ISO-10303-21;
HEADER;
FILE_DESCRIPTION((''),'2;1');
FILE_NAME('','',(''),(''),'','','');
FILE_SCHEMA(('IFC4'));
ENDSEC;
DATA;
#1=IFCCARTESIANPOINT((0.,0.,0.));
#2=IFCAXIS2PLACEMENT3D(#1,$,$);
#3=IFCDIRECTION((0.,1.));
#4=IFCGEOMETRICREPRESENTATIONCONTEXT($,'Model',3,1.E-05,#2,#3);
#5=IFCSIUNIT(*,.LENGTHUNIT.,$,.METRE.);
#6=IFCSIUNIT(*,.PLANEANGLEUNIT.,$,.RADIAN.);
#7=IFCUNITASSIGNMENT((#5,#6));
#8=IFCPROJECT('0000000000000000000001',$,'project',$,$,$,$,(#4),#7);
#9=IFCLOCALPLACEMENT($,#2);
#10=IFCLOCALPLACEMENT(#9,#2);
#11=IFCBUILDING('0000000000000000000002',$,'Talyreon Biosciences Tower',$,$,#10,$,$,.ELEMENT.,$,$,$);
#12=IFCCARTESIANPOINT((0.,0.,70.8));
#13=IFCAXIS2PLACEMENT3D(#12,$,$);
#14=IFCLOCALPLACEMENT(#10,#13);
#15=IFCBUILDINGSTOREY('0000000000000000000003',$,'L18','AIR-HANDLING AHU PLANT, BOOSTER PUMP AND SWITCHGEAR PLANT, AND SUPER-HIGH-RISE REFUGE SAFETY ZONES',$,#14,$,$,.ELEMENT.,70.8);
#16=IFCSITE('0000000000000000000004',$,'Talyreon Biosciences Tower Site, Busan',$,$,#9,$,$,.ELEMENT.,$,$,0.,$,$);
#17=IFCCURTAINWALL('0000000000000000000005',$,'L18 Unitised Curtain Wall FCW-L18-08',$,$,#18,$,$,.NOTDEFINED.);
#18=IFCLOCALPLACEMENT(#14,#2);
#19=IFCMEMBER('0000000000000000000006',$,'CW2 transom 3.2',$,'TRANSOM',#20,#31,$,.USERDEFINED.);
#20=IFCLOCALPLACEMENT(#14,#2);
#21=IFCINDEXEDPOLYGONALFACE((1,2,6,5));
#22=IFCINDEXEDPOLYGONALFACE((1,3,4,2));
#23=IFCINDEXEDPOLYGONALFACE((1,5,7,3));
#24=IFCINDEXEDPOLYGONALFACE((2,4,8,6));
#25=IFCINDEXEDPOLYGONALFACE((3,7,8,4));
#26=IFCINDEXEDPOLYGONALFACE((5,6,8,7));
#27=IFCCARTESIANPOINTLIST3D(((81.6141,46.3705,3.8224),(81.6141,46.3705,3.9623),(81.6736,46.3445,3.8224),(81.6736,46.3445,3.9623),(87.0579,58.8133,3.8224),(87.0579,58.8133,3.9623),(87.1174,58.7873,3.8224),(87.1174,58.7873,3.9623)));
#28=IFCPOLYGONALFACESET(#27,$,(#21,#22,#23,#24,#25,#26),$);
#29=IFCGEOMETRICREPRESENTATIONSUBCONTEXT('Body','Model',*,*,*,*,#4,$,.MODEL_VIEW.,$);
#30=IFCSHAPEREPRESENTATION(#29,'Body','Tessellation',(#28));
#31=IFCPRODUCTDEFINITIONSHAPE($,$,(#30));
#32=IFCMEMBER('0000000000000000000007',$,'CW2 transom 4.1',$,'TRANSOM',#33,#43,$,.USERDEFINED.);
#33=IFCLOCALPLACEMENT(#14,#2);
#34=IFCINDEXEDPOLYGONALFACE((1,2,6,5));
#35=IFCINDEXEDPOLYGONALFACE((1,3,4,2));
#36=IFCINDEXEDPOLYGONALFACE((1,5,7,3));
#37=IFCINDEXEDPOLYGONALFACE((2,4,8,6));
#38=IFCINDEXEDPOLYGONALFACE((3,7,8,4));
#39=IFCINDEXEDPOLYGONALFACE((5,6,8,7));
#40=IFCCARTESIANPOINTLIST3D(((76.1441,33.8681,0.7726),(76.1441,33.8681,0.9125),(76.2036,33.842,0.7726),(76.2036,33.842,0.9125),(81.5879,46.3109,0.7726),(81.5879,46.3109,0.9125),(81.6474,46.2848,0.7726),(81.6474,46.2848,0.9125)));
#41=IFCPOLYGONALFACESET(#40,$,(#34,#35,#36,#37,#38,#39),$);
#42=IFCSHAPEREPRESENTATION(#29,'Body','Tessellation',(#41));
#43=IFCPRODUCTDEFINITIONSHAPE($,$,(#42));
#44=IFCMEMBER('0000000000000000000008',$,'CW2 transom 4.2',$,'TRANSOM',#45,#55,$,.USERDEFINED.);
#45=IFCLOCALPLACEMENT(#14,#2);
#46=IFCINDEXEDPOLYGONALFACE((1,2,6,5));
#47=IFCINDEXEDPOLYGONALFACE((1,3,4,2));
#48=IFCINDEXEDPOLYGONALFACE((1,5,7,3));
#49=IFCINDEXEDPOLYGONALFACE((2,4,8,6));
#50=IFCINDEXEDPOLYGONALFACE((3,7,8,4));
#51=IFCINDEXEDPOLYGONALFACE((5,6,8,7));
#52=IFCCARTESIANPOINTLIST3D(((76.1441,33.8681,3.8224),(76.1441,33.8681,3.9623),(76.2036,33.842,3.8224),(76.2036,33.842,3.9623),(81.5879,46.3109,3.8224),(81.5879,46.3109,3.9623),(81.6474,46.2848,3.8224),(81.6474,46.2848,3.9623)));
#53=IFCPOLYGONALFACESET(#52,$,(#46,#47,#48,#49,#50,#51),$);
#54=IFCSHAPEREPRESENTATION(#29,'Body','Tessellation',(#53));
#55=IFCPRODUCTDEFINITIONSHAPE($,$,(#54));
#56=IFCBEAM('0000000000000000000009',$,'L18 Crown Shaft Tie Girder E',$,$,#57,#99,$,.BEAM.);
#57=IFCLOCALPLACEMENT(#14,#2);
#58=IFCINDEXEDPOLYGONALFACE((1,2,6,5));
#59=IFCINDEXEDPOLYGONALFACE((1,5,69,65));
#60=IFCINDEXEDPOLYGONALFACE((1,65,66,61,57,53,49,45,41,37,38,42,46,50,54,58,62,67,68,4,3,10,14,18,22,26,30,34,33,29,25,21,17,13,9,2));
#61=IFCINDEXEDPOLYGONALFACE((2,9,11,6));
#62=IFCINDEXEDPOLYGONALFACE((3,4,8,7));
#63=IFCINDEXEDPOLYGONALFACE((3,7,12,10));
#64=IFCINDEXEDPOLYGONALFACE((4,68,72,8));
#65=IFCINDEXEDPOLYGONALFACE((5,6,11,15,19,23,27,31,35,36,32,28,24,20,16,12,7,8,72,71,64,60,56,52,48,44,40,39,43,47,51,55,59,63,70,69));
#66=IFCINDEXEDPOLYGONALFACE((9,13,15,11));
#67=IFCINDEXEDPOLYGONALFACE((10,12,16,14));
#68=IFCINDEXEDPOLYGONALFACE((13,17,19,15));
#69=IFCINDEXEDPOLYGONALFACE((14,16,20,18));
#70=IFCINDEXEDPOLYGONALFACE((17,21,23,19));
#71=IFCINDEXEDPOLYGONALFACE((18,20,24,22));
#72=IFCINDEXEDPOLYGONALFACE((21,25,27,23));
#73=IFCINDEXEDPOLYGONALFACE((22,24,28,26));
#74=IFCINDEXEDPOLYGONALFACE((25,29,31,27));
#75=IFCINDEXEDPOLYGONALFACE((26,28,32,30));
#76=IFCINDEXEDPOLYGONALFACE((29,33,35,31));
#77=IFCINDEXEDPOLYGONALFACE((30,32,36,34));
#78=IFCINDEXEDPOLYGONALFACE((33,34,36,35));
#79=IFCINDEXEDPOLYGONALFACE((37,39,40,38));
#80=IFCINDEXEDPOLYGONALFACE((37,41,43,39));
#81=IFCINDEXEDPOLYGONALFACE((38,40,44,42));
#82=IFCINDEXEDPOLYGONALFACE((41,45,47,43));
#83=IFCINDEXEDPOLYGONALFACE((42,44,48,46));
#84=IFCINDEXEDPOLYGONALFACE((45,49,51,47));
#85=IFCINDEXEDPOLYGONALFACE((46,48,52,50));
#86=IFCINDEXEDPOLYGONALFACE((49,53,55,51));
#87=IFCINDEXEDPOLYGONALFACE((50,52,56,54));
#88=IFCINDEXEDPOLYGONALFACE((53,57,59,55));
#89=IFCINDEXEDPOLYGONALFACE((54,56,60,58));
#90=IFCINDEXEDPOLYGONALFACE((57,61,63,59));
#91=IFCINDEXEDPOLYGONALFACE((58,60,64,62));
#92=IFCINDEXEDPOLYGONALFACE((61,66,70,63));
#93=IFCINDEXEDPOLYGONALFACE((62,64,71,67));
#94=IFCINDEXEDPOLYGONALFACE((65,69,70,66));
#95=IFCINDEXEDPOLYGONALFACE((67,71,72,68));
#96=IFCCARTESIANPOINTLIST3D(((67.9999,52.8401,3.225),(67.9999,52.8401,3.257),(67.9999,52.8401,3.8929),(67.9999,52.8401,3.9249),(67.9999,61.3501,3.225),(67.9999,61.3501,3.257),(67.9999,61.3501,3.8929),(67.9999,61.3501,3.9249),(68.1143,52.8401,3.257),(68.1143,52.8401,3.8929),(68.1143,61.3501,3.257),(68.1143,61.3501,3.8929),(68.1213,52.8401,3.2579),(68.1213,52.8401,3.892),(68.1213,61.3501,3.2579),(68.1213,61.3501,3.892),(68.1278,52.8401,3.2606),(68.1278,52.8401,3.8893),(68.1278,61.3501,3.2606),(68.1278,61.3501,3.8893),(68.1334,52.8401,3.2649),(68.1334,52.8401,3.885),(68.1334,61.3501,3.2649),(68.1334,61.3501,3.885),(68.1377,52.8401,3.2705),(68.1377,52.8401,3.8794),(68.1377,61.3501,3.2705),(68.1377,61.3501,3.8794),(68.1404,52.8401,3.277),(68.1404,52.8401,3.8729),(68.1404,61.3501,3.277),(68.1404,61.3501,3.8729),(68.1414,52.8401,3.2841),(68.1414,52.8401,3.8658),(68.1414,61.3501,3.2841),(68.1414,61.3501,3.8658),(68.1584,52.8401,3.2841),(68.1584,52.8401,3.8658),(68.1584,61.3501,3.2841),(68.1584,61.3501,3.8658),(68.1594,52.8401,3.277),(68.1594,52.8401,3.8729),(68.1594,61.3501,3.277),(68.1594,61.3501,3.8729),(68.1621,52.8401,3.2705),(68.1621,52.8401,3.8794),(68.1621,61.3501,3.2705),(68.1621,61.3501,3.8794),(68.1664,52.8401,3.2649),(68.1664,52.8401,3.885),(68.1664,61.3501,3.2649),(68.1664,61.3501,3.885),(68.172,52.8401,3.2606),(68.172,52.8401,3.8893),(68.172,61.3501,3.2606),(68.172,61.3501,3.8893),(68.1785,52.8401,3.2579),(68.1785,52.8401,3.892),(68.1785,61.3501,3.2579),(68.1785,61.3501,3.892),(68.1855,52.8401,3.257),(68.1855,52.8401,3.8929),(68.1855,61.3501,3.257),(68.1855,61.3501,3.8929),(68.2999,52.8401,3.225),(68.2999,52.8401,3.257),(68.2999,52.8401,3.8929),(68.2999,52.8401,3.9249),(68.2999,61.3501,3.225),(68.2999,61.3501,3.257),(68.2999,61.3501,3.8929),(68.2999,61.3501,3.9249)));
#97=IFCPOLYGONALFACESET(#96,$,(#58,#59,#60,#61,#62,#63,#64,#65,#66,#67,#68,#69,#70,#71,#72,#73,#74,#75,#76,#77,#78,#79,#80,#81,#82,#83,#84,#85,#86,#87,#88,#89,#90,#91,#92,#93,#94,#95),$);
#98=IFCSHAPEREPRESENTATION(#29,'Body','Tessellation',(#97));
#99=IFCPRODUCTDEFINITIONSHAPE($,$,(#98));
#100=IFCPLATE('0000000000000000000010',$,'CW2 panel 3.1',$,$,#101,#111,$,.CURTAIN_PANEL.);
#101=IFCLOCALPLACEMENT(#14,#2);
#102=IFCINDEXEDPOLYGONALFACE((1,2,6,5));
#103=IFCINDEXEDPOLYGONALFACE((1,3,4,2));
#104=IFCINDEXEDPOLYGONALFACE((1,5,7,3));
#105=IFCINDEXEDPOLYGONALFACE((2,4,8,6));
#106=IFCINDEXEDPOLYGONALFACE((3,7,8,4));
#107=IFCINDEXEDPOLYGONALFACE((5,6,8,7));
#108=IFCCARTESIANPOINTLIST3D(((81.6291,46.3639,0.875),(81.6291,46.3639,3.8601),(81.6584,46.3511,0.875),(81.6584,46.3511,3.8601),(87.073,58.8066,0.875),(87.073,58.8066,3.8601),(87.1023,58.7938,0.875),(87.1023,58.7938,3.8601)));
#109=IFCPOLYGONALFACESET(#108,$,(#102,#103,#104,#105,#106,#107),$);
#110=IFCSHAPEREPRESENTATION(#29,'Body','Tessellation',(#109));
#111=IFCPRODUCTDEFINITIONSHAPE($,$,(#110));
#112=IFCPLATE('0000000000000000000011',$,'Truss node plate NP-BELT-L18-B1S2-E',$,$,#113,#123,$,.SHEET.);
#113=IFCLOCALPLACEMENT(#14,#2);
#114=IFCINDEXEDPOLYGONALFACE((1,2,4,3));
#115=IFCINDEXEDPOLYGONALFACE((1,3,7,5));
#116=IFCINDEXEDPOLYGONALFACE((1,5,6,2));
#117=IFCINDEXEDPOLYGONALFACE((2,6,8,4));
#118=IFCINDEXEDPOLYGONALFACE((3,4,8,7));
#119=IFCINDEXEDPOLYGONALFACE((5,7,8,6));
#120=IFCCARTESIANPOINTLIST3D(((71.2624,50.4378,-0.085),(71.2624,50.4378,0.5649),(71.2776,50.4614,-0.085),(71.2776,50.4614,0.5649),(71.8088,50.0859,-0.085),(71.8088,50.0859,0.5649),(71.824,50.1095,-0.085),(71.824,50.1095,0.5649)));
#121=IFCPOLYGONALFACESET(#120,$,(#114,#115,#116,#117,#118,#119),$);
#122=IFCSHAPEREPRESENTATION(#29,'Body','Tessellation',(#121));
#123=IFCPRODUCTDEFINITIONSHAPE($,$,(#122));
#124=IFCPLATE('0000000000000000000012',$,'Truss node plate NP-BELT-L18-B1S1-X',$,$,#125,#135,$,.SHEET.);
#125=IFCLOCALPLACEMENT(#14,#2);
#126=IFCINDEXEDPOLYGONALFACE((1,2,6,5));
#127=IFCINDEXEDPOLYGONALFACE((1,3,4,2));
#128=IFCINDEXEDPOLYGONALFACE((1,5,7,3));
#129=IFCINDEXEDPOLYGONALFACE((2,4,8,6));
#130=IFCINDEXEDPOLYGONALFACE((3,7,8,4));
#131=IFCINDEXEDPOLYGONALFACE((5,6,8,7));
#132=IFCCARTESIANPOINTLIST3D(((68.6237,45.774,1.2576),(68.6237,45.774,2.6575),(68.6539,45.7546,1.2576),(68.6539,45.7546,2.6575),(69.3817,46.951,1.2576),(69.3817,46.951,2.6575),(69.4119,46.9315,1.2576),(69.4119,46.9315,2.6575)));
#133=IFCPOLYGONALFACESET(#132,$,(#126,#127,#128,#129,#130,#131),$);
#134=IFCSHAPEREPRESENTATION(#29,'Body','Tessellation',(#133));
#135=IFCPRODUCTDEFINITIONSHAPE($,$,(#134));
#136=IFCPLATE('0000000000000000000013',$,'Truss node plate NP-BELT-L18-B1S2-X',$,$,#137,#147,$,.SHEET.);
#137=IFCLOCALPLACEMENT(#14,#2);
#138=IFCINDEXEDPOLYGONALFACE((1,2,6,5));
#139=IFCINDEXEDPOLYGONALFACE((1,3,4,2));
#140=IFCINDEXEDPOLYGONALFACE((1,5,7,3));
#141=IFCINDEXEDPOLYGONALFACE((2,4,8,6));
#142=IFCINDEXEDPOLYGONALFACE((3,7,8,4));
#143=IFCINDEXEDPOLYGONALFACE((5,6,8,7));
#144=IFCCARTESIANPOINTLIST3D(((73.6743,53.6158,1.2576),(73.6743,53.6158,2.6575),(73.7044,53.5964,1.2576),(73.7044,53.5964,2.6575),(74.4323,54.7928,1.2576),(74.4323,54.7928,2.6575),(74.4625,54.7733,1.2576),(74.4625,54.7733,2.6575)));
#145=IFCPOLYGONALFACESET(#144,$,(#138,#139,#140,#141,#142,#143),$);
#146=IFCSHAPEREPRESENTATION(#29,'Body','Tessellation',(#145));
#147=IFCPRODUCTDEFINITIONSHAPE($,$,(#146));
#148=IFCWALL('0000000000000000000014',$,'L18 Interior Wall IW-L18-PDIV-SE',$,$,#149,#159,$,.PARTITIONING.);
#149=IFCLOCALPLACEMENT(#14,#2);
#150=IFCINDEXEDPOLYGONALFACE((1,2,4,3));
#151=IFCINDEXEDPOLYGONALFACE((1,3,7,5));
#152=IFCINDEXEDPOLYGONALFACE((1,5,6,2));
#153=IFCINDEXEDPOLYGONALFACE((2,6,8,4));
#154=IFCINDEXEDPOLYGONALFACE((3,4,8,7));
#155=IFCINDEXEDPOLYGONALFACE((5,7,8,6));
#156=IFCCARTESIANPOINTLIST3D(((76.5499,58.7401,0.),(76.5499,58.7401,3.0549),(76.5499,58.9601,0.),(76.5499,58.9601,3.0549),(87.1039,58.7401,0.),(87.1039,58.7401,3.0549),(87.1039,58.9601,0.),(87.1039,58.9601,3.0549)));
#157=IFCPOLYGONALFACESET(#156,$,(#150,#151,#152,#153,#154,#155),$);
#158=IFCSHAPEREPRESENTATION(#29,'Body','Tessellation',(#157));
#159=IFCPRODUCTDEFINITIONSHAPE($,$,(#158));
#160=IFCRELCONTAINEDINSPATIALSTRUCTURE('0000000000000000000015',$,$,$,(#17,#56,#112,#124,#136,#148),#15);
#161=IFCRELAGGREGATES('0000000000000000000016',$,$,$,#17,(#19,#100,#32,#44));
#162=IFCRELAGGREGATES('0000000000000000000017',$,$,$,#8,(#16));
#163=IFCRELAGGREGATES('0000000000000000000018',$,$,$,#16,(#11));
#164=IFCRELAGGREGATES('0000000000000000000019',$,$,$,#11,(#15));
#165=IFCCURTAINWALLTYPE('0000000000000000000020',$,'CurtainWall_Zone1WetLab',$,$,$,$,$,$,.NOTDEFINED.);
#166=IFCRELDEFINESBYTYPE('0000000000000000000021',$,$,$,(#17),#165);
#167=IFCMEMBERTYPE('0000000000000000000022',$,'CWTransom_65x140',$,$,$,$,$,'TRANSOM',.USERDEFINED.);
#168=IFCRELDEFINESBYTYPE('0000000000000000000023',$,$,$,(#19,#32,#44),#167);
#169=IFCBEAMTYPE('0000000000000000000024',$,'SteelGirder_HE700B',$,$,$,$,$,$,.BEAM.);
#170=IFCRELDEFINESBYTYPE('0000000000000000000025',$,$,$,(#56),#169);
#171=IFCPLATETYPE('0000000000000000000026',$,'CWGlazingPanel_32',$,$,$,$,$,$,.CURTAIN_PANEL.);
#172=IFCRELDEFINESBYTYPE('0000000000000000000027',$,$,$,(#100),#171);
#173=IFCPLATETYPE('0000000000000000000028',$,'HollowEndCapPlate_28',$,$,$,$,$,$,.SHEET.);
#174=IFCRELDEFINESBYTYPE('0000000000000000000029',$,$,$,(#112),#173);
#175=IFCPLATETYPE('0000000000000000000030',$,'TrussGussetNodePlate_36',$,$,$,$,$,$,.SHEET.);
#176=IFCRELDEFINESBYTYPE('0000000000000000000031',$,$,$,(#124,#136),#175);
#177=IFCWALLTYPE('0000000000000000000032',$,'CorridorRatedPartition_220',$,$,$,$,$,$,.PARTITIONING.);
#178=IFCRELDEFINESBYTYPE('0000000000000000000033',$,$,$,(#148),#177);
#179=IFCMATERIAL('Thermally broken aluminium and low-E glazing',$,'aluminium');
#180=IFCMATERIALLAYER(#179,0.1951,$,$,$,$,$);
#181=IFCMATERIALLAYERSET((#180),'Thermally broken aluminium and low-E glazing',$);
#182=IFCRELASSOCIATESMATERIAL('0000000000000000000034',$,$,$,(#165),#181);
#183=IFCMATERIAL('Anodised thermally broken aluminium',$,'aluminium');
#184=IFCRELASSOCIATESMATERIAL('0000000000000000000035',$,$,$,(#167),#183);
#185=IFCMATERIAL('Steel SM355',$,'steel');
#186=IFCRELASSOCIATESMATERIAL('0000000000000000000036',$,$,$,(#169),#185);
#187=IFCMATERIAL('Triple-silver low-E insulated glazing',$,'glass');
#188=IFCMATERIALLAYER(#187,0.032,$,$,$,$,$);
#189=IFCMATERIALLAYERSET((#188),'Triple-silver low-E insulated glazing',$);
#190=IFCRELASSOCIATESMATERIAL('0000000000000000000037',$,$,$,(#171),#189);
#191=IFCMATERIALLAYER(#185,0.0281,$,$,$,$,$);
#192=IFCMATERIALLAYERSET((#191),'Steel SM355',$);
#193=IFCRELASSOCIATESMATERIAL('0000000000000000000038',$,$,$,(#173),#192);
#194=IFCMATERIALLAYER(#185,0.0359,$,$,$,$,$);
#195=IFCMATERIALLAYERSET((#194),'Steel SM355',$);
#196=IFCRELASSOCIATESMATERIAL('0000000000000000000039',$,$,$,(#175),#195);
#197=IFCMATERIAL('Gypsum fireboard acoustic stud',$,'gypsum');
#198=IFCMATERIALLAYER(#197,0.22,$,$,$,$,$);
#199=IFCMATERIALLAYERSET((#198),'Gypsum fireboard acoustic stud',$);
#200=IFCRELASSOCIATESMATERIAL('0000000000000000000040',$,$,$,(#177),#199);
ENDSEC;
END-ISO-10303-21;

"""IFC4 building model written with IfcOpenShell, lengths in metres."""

from ifc_helpers import new_model, si_unit, direction, frame, frame_2d, origin, origin_2d, place, context, subcontext, project, spatial, rectangle, i_section, extrude, material, layer, layer_set, material_profile, profile_set, type_object, element, aggregate, save


model = new_model("IFC4")

# Units and contexts
model_context = context("Model", 3, precision=1e-05, world=origin(), true_north=direction((0.0, 1.0)))
body_context = subcontext(model_context, "Body", "Model", "MODEL_VIEW")
ifc_project = project(units=[si_unit("LENGTHUNIT", "METRE"), si_unit("PLANEANGLEUNIT", "RADIAN")], contexts=[model_context])

# Site, building, storey
site_placement = place(None, origin())
site = spatial("IfcSite", under=ifc_project, at=site_placement, Name="Talyreon Biosciences Tower Site, Busan", CompositionType="ELEMENT", RefElevation=0.0)
building_placement = place(site_placement, origin())
building = spatial("IfcBuilding", under=site, at=building_placement, Name="Talyreon Biosciences Tower", CompositionType="ELEMENT")
storey_placement = place(building_placement, frame((0.0, 0.0, 70.8)))
storey = spatial("IfcBuildingStorey", under=building, at=storey_placement, Name="L18", Description="AIR-HANDLING AHU PLANT, BOOSTER PUMP AND SWITCHGEAR PLANT, AND SUPER-HIGH-RISE REFUGE SAFETY ZONES", CompositionType="ELEMENT", Elevation=70.8)

# Shared definitions
ifc_material_1 = material(Name="Steel SM355", Category="steel")

# Curtain wall, members
ifc_material_2 = material(Name="Thermally broken aluminium and low-E glazing", Category="aluminium")
ifc_layer_1 = layer(ifc_material_2, 0.1951)
ifc_layer_set_1 = layer_set([ifc_layer_1], Name="Thermally broken aluminium and low-E glazing")
curtain_wall_type = type_object("IfcCurtainWallType", Name="CurtainWall_Zone1WetLab", PredefinedType="NOTDEFINED", material=ifc_layer_set_1)
curtain_wall_placement = place(storey_placement, origin())
curtain_wall = element("IfcCurtainWall", 1, at=curtain_wall_placement, inside=storey, type_object=curtain_wall_type, Name="L18 Unitised Curtain Wall FCW-L18-08", PredefinedType="NOTDEFINED")
ifc_material_3 = material(Name="Anodised thermally broken aluminium", Category="aluminium")
ifc_material_profile_1 = material_profile(ifc_material_3, rectangle(XDim=0.0649, YDim=0.1399, at=origin_2d()), Name="ALUM TRANSOM 65x140")
ifc_profile_set_1 = profile_set([ifc_material_profile_1], Name="Anodised thermally broken aluminium")
member_type_1 = type_object("IfcMemberType", Name="CWTransom_65x140", ElementType="TRANSOM", PredefinedType="USERDEFINED", material=ifc_profile_set_1)
member_1_placement = place(storey_placement, frame((87.0876, 58.8003, 3.8923), z_axis=(-0.400824, -0.916155, 0.0), x_axis=(0.916155, -0.400824, 0.0)))
member_1 = element("IfcMember", 2, at=member_1_placement, type_object=member_type_1, Name="CW2 transom 3.2", ObjectType="TRANSOM", PredefinedType="USERDEFINED", context=body_context, shape_type="SweptSolid", body=[
    extrude(rectangle(XDim=0.0649, YDim=0.1399, at=origin_2d()), origin(), (0.0, 0.0, 1.0), 13.5815),
])
member_2_placement = place(storey_placement, frame((81.6177, 46.2979, 0.8425), z_axis=(-0.400824, -0.916155, 0.0), x_axis=(0.916155, -0.400824, 0.0)))
member_2 = element("IfcMember", 3, at=member_2_placement, type_object=member_type_1, Name="CW2 transom 4.1", ObjectType="TRANSOM", PredefinedType="USERDEFINED", context=body_context, shape_type="SweptSolid", body=[
    extrude(rectangle(XDim=0.0649, YDim=0.1399, at=origin_2d()), origin(), (0.0, 0.0, 1.0), 13.5815),
])
member_3_placement = place(storey_placement, frame((81.6177, 46.2979, 3.8923), z_axis=(-0.400824, -0.916155, 0.0), x_axis=(0.916155, -0.400824, 0.0)))
member_3 = element("IfcMember", 4, at=member_3_placement, type_object=member_type_1, Name="CW2 transom 4.2", ObjectType="TRANSOM", PredefinedType="USERDEFINED", context=body_context, shape_type="SweptSolid", body=[
    extrude(rectangle(XDim=0.0649, YDim=0.1399, at=origin_2d()), origin(), (0.0, 0.0, 1.0), 13.5815),
])

# Beam
ifc_material_profile_2 = material_profile(ifc_material_1, i_section(OverallWidth=0.3, OverallDepth=0.7, WebThickness=0.0171, FlangeThickness=0.032, FilletRadius=0.0271, at=origin_2d()), Name="HE700B")
ifc_profile_set_2 = profile_set([ifc_material_profile_2], Name="Steel SM355")
beam_type = type_object("IfcBeamType", Name="SteelGirder_HE700B", PredefinedType="BEAM", material=ifc_profile_set_2)
beam_placement = place(storey_placement, frame((68.1499, 52.8401, 3.575), z_axis=(0.0, 1.0, 0.0), x_axis=(-1.0, 0.0, 0.0)))
element("IfcBeam", 5, at=beam_placement, inside=storey, type_object=beam_type, Name="L18 Crown Shaft Tie Girder E", PredefinedType="BEAM", context=body_context, shape_type="SweptSolid", body=[
    extrude(i_section(OverallWidth=0.3, OverallDepth=0.7, WebThickness=0.0171, FlangeThickness=0.032, FilletRadius=0.0271, at=origin_2d()), origin(), (0.0, 0.0, 1.0), 8.51),
])

# Plate
ifc_material_4 = material(Name="Triple-silver low-E insulated glazing", Category="glass")
ifc_layer_2 = layer(ifc_material_4, 0.032)
ifc_layer_set_2 = layer_set([ifc_layer_2], Name="Triple-silver low-E insulated glazing")
plate_type_1 = type_object("IfcPlateType", Name="CWGlazingPanel_32", PredefinedType="CURTAIN_PANEL", material=ifc_layer_set_2)
plate_1_placement = place(storey_placement, frame((84.3657, 52.5789, 0.875), z_axis=(0.0, 0.0, 1.0), x_axis=(-0.400831, -0.916152, 0.0)))
plate_1 = element("IfcPlate", 6, at=plate_1_placement, type_object=plate_type_1, Name="CW2 panel 3.1", PredefinedType="CURTAIN_PANEL", context=body_context, shape_type="SweptSolid", body=[
    extrude(rectangle(XDim=13.5815, YDim=0.032, at=origin_2d()), origin(), (0.0, 0.0, 1.0), 2.9851),
])
aggregate(curtain_wall, [member_1, plate_1, member_2, member_3])

# Plates
ifc_layer_3 = layer(ifc_material_1, 0.0281)
ifc_layer_set_3 = layer_set([ifc_layer_3], Name="Steel SM355")
plate_type_2 = type_object("IfcPlateType", Name="HollowEndCapPlate_28", PredefinedType="SHEET", material=ifc_layer_set_3)
plate_2_placement = place(storey_placement, frame((71.5432, 50.2737, -0.085), z_axis=(0.0, 0.0, 1.0), x_axis=(-0.840718, 0.541473, 0.0)))
element("IfcPlate", 7, at=plate_2_placement, inside=storey, type_object=plate_type_2, Name="Truss node plate NP-BELT-L18-B1S2-E", PredefinedType="SHEET", context=body_context, shape_type="SweptSolid", body=[
    extrude(rectangle(XDim=0.6499, YDim=0.0281, at=origin_2d()), origin(), (0.0, 0.0, 1.0), 0.6499),
])
ifc_layer_4 = layer(ifc_material_1, 0.0359)
ifc_layer_set_4 = layer_set([ifc_layer_4], Name="Steel SM355")
plate_type_3 = type_object("IfcPlateType", Name="TrussGussetNodePlate_36", PredefinedType="SHEET", material=ifc_layer_set_4)
for number, where, z_axis, x_axis, name in (
    (8, (69.0178, 46.3528, 1.2576), (0.0, 0.0, 1.0), (0.541459, 0.840727, 0.0), "Truss node plate NP-BELT-L18-B1S1-X"),
    (9, (74.0684, 54.1946, 1.2576), (0.0, 0.0, 1.0), (0.541473, 0.840718, 0.0), "Truss node plate NP-BELT-L18-B1S2-X"),
):
    element("IfcPlate", number, at=place(storey_placement, frame(where, z_axis=z_axis, x_axis=x_axis)), inside=storey, type_object=plate_type_3, Name=name, PredefinedType="SHEET", context=body_context, shape_type="SweptSolid", body=[
        extrude(rectangle(XDim=1.3999, YDim=0.0359, at=origin_2d()), origin(), (0.0, 0.0, 1.0), 1.3999),
    ])

# Wall
ifc_material_5 = material(Name="Gypsum fireboard acoustic stud", Category="gypsum")
ifc_layer_5 = layer(ifc_material_5, 0.22)
ifc_layer_set_5 = layer_set([ifc_layer_5], Name="Gypsum fireboard acoustic stud")
wall_type = type_object("IfcWallType", Name="CorridorRatedPartition_220", PredefinedType="PARTITIONING", material=ifc_layer_set_5)
wall_1_placement = place(storey_placement, frame((76.55, 58.8501, 0.0), z_axis=(0.0, 0.0, 1.0), x_axis=(1.0, 0.0, 0.0)))
element("IfcWall", 10, at=wall_1_placement, inside=storey, type_object=wall_type, Name="L18 Interior Wall IW-L18-PDIV-SE", PredefinedType="PARTITIONING", context=body_context, shape_type="SweptSolid", body=[
    extrude(rectangle(XDim=10.554, YDim=0.22, at=frame_2d((5.2769, 0.0))), origin(), (0.0, 0.0, 1.0), 3.0549),
])

save(model, "model.ifc")
